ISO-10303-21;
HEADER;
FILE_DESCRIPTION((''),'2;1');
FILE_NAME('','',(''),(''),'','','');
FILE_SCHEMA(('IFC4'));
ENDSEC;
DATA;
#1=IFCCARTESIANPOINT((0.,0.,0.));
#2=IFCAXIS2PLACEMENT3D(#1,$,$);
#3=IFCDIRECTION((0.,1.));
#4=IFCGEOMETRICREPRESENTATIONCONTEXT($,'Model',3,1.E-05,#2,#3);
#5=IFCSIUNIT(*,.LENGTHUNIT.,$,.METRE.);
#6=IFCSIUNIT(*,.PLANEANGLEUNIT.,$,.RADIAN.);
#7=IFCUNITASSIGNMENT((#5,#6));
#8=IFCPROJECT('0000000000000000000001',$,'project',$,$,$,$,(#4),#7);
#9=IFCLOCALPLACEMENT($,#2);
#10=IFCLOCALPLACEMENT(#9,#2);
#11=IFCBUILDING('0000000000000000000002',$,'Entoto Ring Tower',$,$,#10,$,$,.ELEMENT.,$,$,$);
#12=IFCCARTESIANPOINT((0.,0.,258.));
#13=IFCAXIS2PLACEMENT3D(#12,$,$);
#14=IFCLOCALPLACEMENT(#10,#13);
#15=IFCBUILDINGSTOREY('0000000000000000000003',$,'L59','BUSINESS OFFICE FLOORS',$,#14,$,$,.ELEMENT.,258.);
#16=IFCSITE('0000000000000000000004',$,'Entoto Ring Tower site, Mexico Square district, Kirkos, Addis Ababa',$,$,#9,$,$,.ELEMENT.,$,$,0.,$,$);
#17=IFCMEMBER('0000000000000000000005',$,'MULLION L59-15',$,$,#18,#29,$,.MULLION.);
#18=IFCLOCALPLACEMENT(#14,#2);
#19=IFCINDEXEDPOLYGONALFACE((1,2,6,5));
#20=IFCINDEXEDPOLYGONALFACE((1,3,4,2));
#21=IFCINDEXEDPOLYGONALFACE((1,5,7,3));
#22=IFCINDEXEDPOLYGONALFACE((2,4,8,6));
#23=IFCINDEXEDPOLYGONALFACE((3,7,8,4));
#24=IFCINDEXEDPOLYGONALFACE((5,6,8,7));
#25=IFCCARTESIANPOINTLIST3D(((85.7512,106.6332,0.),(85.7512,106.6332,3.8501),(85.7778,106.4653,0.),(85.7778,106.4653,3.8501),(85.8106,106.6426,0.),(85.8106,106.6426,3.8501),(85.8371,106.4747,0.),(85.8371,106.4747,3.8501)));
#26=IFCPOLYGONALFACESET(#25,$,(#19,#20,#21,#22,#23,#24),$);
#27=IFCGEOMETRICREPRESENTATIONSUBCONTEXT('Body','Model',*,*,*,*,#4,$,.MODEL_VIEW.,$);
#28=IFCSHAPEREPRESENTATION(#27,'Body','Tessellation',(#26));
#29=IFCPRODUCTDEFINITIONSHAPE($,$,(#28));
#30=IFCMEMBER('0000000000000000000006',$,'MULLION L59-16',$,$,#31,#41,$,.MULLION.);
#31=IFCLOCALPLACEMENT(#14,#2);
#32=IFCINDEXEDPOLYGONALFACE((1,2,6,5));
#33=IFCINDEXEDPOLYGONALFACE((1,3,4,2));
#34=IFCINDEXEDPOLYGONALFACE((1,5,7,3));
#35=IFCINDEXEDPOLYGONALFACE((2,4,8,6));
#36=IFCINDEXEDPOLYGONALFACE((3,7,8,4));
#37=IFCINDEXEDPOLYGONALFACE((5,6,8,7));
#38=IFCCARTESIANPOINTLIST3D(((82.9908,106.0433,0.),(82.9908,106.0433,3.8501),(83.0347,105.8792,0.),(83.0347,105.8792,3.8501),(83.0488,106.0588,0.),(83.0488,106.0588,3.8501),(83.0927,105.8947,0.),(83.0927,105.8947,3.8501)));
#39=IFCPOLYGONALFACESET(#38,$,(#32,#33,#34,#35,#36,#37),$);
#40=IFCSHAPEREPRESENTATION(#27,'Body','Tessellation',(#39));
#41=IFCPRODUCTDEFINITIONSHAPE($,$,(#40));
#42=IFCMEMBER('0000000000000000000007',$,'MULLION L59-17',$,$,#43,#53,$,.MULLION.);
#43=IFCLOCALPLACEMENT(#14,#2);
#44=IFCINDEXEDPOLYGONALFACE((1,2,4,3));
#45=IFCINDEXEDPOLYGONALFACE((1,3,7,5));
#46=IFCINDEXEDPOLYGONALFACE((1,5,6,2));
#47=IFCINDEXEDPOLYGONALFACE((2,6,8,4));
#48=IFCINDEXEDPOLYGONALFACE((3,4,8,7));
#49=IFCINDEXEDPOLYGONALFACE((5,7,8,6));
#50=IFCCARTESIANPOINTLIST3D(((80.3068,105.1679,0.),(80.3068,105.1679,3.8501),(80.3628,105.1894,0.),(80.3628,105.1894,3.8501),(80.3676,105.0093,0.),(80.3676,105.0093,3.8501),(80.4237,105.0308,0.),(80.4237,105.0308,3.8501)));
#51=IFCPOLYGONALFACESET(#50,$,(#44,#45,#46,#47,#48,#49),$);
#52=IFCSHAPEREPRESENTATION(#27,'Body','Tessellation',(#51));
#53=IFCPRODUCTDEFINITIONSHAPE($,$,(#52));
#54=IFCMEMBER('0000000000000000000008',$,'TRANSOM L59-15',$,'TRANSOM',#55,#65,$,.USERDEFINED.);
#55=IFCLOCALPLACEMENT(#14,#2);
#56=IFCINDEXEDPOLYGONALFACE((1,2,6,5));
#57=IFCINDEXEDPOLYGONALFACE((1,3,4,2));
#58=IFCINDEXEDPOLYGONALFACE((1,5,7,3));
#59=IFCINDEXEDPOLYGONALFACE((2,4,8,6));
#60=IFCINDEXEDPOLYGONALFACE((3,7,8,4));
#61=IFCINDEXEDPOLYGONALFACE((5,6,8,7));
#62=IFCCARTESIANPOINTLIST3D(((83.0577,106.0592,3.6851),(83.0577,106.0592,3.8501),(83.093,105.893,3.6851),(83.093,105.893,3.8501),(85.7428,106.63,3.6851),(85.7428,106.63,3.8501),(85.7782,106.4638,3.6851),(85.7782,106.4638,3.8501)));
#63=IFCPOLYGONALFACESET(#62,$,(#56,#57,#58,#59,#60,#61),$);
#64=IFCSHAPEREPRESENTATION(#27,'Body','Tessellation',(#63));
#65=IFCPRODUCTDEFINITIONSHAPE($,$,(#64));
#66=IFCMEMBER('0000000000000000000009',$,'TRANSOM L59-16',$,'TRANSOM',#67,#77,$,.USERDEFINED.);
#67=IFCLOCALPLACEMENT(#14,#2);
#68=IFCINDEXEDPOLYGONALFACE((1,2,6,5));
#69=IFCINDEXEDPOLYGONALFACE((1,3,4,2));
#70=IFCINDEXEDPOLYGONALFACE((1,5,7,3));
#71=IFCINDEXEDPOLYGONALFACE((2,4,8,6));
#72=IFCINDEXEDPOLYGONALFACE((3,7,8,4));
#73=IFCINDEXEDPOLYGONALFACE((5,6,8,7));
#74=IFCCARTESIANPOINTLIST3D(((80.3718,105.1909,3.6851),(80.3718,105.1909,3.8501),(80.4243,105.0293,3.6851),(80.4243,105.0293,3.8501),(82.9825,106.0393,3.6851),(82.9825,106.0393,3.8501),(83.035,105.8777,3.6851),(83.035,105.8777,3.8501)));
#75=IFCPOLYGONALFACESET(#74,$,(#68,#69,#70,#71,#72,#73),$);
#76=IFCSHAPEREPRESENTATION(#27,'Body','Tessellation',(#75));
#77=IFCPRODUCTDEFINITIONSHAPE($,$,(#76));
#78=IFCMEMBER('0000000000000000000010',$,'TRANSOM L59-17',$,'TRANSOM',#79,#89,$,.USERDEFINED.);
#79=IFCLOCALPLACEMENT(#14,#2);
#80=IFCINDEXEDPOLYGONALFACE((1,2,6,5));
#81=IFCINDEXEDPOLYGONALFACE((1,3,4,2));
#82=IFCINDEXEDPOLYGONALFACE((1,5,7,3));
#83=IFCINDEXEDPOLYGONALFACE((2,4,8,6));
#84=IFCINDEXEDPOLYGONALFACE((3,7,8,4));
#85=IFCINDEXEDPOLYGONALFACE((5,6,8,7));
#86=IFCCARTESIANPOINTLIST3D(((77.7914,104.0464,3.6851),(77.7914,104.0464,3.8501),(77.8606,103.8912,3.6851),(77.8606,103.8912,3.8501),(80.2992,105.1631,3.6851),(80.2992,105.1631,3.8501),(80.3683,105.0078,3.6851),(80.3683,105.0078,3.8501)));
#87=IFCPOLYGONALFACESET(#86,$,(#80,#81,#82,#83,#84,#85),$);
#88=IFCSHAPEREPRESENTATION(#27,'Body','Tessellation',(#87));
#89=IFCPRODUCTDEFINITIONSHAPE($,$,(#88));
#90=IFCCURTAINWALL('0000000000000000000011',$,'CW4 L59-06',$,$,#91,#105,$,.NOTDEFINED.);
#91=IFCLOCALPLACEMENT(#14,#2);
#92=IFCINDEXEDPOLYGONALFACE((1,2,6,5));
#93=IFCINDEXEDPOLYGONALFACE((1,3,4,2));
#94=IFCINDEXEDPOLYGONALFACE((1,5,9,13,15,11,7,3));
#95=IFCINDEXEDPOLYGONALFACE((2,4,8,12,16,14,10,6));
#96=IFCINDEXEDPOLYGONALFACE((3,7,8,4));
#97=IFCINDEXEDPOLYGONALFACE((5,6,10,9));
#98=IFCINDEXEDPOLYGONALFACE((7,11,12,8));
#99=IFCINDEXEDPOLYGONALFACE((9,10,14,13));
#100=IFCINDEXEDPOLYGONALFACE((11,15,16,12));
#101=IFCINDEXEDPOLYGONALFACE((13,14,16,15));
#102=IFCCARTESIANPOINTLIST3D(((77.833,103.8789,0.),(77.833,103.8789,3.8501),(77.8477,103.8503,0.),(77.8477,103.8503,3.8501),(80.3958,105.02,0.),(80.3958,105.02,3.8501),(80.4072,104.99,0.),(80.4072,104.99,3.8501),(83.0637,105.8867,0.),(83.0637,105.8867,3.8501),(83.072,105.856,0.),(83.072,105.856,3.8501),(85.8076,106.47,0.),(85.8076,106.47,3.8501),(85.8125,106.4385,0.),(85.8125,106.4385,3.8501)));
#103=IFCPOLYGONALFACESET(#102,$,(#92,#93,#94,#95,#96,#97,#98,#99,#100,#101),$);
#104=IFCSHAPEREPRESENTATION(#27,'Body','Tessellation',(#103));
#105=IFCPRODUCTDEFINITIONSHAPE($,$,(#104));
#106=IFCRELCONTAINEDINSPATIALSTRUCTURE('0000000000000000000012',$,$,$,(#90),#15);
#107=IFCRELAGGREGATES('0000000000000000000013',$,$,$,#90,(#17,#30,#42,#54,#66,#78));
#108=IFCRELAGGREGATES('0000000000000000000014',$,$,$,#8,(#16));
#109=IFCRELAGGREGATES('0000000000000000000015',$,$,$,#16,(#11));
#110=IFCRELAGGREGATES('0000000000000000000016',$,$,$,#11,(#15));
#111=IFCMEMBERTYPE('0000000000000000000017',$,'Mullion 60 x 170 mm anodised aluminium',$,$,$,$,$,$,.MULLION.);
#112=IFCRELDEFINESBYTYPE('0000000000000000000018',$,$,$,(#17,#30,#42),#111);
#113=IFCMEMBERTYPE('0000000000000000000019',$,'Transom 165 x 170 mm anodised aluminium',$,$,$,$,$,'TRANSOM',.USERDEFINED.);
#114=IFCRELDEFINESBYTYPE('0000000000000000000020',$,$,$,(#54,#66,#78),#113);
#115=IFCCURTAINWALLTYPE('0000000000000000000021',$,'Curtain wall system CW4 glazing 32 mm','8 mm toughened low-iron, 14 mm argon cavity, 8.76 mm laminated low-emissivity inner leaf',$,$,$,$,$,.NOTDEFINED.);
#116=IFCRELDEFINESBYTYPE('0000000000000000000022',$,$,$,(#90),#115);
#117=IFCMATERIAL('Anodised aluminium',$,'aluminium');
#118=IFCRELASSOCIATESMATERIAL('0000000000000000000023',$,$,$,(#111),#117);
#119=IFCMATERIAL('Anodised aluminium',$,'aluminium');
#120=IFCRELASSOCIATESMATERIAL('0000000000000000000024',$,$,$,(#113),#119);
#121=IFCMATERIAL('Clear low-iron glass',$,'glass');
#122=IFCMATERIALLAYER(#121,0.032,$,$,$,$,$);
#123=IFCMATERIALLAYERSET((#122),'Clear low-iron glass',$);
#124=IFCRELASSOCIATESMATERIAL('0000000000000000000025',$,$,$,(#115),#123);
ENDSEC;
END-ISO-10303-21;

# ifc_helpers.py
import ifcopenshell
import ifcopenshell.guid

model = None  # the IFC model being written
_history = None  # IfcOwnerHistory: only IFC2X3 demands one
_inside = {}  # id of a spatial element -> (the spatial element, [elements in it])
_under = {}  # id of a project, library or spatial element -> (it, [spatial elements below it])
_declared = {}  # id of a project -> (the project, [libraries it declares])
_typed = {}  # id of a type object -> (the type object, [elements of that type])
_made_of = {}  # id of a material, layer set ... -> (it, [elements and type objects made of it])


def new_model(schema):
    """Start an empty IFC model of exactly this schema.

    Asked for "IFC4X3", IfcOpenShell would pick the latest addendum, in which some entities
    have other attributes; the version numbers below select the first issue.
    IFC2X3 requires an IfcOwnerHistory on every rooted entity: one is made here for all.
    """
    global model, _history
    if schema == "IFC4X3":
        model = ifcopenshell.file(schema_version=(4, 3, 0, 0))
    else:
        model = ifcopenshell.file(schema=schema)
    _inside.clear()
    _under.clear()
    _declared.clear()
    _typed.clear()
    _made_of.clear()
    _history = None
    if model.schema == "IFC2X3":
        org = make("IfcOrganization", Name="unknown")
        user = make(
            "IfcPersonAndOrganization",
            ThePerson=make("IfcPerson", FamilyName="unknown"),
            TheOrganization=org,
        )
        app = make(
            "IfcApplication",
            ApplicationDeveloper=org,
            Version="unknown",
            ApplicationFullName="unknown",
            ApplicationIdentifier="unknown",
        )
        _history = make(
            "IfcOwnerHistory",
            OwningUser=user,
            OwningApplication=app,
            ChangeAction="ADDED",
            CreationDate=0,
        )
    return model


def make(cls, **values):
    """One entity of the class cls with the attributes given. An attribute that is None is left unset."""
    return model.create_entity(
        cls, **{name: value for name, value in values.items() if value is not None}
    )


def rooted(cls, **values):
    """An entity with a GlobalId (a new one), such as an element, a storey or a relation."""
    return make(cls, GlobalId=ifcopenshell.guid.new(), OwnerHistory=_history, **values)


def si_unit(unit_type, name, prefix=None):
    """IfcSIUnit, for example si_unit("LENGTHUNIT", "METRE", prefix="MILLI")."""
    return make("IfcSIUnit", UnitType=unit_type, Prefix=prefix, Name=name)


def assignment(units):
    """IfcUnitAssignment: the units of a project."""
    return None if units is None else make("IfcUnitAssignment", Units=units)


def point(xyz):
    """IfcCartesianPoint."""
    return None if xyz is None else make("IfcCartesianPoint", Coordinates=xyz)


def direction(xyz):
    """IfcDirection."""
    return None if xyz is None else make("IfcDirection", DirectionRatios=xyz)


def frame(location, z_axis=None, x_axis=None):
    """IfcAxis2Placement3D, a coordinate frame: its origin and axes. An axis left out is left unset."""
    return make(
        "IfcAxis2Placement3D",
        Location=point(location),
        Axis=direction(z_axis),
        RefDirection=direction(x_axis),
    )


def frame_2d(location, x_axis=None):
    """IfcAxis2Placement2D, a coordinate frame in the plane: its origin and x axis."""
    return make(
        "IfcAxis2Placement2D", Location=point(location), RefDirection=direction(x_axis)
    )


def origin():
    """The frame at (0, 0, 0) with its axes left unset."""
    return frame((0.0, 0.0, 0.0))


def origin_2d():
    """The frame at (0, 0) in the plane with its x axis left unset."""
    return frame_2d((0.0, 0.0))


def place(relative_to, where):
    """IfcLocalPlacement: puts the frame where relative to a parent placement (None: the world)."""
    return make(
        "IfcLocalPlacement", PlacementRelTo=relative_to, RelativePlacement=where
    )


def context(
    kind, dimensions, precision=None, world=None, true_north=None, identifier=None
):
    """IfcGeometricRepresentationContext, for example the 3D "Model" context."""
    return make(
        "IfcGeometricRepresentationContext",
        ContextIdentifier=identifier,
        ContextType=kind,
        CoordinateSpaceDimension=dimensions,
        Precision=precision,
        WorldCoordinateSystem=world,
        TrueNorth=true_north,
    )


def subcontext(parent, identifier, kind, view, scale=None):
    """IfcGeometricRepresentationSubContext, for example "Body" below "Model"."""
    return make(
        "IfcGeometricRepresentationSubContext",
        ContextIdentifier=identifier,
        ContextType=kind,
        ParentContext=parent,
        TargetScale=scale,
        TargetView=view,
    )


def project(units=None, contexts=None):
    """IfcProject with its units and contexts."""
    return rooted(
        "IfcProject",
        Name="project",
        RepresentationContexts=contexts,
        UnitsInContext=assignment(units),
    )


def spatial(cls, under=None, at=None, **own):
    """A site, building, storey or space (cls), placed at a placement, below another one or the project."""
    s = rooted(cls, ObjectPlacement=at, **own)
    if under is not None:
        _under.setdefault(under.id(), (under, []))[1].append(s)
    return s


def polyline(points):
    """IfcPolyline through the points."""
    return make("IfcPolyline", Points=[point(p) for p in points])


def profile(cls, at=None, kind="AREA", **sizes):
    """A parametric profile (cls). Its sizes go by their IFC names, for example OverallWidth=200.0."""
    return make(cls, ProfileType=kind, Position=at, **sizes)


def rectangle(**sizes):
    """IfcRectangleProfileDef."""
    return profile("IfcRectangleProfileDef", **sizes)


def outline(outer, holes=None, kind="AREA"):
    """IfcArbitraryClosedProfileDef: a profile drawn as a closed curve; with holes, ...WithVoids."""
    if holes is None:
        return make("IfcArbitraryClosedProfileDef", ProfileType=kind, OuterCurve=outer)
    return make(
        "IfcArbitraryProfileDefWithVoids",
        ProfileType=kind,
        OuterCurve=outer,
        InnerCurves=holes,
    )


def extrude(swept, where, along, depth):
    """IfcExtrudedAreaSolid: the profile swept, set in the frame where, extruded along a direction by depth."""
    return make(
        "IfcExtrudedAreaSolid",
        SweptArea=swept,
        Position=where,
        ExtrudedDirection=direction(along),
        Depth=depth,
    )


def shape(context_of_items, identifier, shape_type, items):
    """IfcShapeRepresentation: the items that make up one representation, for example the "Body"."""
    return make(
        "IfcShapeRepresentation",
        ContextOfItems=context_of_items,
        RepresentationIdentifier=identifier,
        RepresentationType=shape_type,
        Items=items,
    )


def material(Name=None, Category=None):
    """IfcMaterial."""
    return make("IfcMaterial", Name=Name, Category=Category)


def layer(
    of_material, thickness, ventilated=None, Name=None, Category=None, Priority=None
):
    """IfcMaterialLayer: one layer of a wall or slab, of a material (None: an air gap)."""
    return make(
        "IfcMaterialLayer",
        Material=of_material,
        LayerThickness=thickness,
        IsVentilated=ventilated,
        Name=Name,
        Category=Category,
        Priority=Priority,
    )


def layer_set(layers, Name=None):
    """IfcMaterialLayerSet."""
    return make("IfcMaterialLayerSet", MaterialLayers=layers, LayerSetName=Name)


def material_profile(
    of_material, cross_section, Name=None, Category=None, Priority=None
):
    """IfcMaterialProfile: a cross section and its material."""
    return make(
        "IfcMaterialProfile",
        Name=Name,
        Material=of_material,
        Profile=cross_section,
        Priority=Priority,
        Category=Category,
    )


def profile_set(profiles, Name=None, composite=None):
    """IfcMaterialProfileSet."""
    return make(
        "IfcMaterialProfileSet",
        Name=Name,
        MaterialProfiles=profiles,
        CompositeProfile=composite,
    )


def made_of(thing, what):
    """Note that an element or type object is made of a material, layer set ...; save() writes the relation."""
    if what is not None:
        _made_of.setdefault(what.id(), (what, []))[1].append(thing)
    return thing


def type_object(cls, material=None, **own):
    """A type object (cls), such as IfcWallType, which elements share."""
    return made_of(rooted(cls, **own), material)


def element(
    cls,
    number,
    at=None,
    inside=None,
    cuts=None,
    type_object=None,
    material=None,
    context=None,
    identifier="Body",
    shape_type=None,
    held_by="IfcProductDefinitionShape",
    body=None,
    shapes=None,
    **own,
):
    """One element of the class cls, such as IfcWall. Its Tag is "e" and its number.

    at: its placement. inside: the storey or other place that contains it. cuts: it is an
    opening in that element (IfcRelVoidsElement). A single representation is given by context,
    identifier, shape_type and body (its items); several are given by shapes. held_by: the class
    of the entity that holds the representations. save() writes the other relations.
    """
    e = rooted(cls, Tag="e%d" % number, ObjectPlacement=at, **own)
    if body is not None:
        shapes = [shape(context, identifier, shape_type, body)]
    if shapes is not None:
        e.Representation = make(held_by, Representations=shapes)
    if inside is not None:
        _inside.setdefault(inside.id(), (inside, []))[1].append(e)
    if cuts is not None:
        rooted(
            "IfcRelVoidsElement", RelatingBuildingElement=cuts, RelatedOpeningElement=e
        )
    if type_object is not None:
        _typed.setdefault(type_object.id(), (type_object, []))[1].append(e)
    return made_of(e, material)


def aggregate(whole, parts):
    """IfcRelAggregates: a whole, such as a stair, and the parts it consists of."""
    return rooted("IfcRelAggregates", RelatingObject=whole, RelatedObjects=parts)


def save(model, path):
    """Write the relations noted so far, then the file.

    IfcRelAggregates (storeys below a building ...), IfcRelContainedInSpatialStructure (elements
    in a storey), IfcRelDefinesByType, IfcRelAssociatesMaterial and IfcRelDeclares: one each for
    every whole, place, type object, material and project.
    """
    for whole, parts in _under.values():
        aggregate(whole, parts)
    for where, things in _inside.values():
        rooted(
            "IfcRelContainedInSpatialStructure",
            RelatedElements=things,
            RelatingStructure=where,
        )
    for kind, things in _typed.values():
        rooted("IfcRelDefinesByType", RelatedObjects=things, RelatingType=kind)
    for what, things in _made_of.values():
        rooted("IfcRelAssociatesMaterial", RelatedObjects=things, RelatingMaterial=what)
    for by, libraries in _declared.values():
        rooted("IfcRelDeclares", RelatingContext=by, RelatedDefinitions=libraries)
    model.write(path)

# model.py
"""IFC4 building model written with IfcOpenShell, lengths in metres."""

from ifc_helpers import new_model, si_unit, direction, frame, origin, origin_2d, place, context, subcontext, project, spatial, polyline, rectangle, outline, extrude, material, layer, layer_set, material_profile, profile_set, type_object, element, aggregate, save


model = new_model("IFC4")

# Units and contexts
model_context = context("Model", 3, precision=1e-05, world=origin(), true_north=direction((0.0, 1.0)))
body_context = subcontext(model_context, "Body", "Model", "MODEL_VIEW")
ifc_project = project(units=[si_unit("LENGTHUNIT", "METRE"), si_unit("PLANEANGLEUNIT", "RADIAN")], contexts=[model_context])

# Members
ifc_material_1 = material(Name="Anodised aluminium", Category="aluminium")
ifc_material_profile_1 = material_profile(ifc_material_1, rectangle(XDim=0.0601, YDim=0.1699, at=origin_2d()), Name="Mullion 60 x 170 mm anodised aluminium")
ifc_profile_set_1 = profile_set([ifc_material_profile_1], Name="Anodised aluminium")
member_type_1 = type_object("IfcMemberType", Name="Mullion 60 x 170 mm anodised aluminium", PredefinedType="MULLION", material=ifc_profile_set_1)
site_placement = place(None, origin())
building_placement = place(site_placement, origin())
storey_placement = place(building_placement, frame((0.0, 0.0, 258.0)))
member_1_placement = place(storey_placement, frame((85.7942, 106.554, 0.0), z_axis=(0.0, 0.0, 1.0), x_axis=(-0.987688, -0.156434, 0.0)))
member_1 = element("IfcMember", 1, at=member_1_placement, type_object=member_type_1, Name="MULLION L59-15", PredefinedType="MULLION", context=body_context, shape_type="SweptSolid", body=[
    extrude(rectangle(XDim=0.0601, YDim=0.1699, at=origin_2d()), origin(), (0.0, 0.0, 1.0), 3.8501),
])
member_2_placement = place(storey_placement, frame((83.0417, 105.969, 0.0), z_axis=(0.0, 0.0, 1.0), x_axis=(-0.965926, -0.258819, 0.0)))
member_2 = element("IfcMember", 2, at=member_2_placement, type_object=member_type_1, Name="MULLION L59-16", PredefinedType="MULLION", context=body_context, shape_type="SweptSolid", body=[
    extrude(rectangle(XDim=0.0601, YDim=0.1699, at=origin_2d()), origin(), (0.0, 0.0, 1.0), 3.8501),
])
member_3_placement = place(storey_placement, frame((80.3652, 105.0994, 0.0), z_axis=(0.0, 0.0, 1.0), x_axis=(-0.93358, -0.358368, 0.0)))
member_3 = element("IfcMember", 3, at=member_3_placement, type_object=member_type_1, Name="MULLION L59-17", PredefinedType="MULLION", context=body_context, shape_type="SweptSolid", body=[
    extrude(rectangle(XDim=0.0601, YDim=0.1699, at=origin_2d()), origin(), (0.0, 0.0, 1.0), 3.8501),
])
ifc_material_2 = material(Name="Anodised aluminium", Category="aluminium")
ifc_material_profile_2 = material_profile(ifc_material_2, rectangle(XDim=0.1699, YDim=0.165, at=origin_2d()), Name="Transom 165 x 170 mm anodised aluminium")
ifc_profile_set_2 = profile_set([ifc_material_profile_2], Name="Anodised aluminium")
member_type_2 = type_object("IfcMemberType", Name="Transom 165 x 170 mm anodised aluminium", ElementType="TRANSOM", PredefinedType="USERDEFINED", material=ifc_profile_set_2)
member_4_placement = place(storey_placement, frame((85.7605, 106.5469, 3.7676), z_axis=(-0.978142, -0.207937, 0.0), x_axis=(0.207937, -0.978142, 0.0)))
member_4 = element("IfcMember", 4, at=member_4_placement, type_object=member_type_2, Name="TRANSOM L59-15", ObjectType="TRANSOM", PredefinedType="USERDEFINED", context=body_context, shape_type="SweptSolid", body=[
    extrude(rectangle(XDim=0.1699, YDim=0.165, at=origin_2d()), origin(), (0.0, 0.0, 1.0), 2.7451),
])
member_5_placement = place(storey_placement, frame((83.0088, 105.9585, 3.7676), z_axis=(-0.951048, -0.309042, 0.0), x_axis=(0.309042, -0.951048, 0.0)))
member_5 = element("IfcMember", 5, at=member_5_placement, type_object=member_type_2, Name="TRANSOM L59-16", ObjectType="TRANSOM", PredefinedType="USERDEFINED", context=body_context, shape_type="SweptSolid", body=[
    extrude(rectangle(XDim=0.1699, YDim=0.165, at=origin_2d()), origin(), (0.0, 0.0, 1.0), 2.7451),
])
member_6_placement = place(storey_placement, frame((80.3337, 105.0854, 3.7676), z_axis=(-0.913525, -0.406782, 0.0), x_axis=(0.406782, -0.913525, 0.0)))
member_6 = element("IfcMember", 6, at=member_6_placement, type_object=member_type_2, Name="TRANSOM L59-17", ObjectType="TRANSOM", PredefinedType="USERDEFINED", context=body_context, shape_type="SweptSolid", body=[
    extrude(rectangle(XDim=0.1699, YDim=0.165, at=origin_2d()), origin(), (0.0, 0.0, 1.0), 2.7451),
])

# Site, building, storey
site = spatial("IfcSite", under=ifc_project, at=site_placement, Name="Entoto Ring Tower site, Mexico Square district, Kirkos, Addis Ababa", CompositionType="ELEMENT", RefElevation=0.0)
building = spatial("IfcBuilding", under=site, at=building_placement, Name="Entoto Ring Tower", CompositionType="ELEMENT")
storey = spatial("IfcBuildingStorey", under=building, at=storey_placement, Name="L59", Description="BUSINESS OFFICE FLOORS", CompositionType="ELEMENT", Elevation=258.0)

# Curtain wall
ifc_material_3 = material(Name="Clear low-iron glass", Category="glass")
ifc_layer = layer(ifc_material_3, 0.032)
ifc_layer_set = layer_set([ifc_layer], Name="Clear low-iron glass")
curtain_wall_type = type_object("IfcCurtainWallType", Name="Curtain wall system CW4 glazing 32 mm", Description="8 mm toughened low-iron, 14 mm argon cavity, 8.76 mm laminated low-emissivity inner leaf", PredefinedType="NOTDEFINED", material=ifc_layer_set)
curtain_wall_1_placement = place(storey_placement, origin())
curtain_wall_1 = element("IfcCurtainWall", 7, at=curtain_wall_1_placement, inside=storey, type_object=curtain_wall_type, Name="CW4 L59-06", PredefinedType="NOTDEFINED", context=body_context, shape_type="SweptSolid", body=[
    extrude(outline(polyline([(85.8076, 106.47), (83.0637, 105.8867), (80.3958, 105.02), (77.833, 103.8789), (77.8477, 103.8503), (80.4072, 104.99), (83.072, 105.856), (85.8125, 106.4385), (85.8076, 106.47)])), origin(), (0.0, 0.0, 1.0), 3.8501),
])
aggregate(curtain_wall_1, [member_1, member_2, member_3, member_4, member_5, member_6])

save(model, "model.ifc")
